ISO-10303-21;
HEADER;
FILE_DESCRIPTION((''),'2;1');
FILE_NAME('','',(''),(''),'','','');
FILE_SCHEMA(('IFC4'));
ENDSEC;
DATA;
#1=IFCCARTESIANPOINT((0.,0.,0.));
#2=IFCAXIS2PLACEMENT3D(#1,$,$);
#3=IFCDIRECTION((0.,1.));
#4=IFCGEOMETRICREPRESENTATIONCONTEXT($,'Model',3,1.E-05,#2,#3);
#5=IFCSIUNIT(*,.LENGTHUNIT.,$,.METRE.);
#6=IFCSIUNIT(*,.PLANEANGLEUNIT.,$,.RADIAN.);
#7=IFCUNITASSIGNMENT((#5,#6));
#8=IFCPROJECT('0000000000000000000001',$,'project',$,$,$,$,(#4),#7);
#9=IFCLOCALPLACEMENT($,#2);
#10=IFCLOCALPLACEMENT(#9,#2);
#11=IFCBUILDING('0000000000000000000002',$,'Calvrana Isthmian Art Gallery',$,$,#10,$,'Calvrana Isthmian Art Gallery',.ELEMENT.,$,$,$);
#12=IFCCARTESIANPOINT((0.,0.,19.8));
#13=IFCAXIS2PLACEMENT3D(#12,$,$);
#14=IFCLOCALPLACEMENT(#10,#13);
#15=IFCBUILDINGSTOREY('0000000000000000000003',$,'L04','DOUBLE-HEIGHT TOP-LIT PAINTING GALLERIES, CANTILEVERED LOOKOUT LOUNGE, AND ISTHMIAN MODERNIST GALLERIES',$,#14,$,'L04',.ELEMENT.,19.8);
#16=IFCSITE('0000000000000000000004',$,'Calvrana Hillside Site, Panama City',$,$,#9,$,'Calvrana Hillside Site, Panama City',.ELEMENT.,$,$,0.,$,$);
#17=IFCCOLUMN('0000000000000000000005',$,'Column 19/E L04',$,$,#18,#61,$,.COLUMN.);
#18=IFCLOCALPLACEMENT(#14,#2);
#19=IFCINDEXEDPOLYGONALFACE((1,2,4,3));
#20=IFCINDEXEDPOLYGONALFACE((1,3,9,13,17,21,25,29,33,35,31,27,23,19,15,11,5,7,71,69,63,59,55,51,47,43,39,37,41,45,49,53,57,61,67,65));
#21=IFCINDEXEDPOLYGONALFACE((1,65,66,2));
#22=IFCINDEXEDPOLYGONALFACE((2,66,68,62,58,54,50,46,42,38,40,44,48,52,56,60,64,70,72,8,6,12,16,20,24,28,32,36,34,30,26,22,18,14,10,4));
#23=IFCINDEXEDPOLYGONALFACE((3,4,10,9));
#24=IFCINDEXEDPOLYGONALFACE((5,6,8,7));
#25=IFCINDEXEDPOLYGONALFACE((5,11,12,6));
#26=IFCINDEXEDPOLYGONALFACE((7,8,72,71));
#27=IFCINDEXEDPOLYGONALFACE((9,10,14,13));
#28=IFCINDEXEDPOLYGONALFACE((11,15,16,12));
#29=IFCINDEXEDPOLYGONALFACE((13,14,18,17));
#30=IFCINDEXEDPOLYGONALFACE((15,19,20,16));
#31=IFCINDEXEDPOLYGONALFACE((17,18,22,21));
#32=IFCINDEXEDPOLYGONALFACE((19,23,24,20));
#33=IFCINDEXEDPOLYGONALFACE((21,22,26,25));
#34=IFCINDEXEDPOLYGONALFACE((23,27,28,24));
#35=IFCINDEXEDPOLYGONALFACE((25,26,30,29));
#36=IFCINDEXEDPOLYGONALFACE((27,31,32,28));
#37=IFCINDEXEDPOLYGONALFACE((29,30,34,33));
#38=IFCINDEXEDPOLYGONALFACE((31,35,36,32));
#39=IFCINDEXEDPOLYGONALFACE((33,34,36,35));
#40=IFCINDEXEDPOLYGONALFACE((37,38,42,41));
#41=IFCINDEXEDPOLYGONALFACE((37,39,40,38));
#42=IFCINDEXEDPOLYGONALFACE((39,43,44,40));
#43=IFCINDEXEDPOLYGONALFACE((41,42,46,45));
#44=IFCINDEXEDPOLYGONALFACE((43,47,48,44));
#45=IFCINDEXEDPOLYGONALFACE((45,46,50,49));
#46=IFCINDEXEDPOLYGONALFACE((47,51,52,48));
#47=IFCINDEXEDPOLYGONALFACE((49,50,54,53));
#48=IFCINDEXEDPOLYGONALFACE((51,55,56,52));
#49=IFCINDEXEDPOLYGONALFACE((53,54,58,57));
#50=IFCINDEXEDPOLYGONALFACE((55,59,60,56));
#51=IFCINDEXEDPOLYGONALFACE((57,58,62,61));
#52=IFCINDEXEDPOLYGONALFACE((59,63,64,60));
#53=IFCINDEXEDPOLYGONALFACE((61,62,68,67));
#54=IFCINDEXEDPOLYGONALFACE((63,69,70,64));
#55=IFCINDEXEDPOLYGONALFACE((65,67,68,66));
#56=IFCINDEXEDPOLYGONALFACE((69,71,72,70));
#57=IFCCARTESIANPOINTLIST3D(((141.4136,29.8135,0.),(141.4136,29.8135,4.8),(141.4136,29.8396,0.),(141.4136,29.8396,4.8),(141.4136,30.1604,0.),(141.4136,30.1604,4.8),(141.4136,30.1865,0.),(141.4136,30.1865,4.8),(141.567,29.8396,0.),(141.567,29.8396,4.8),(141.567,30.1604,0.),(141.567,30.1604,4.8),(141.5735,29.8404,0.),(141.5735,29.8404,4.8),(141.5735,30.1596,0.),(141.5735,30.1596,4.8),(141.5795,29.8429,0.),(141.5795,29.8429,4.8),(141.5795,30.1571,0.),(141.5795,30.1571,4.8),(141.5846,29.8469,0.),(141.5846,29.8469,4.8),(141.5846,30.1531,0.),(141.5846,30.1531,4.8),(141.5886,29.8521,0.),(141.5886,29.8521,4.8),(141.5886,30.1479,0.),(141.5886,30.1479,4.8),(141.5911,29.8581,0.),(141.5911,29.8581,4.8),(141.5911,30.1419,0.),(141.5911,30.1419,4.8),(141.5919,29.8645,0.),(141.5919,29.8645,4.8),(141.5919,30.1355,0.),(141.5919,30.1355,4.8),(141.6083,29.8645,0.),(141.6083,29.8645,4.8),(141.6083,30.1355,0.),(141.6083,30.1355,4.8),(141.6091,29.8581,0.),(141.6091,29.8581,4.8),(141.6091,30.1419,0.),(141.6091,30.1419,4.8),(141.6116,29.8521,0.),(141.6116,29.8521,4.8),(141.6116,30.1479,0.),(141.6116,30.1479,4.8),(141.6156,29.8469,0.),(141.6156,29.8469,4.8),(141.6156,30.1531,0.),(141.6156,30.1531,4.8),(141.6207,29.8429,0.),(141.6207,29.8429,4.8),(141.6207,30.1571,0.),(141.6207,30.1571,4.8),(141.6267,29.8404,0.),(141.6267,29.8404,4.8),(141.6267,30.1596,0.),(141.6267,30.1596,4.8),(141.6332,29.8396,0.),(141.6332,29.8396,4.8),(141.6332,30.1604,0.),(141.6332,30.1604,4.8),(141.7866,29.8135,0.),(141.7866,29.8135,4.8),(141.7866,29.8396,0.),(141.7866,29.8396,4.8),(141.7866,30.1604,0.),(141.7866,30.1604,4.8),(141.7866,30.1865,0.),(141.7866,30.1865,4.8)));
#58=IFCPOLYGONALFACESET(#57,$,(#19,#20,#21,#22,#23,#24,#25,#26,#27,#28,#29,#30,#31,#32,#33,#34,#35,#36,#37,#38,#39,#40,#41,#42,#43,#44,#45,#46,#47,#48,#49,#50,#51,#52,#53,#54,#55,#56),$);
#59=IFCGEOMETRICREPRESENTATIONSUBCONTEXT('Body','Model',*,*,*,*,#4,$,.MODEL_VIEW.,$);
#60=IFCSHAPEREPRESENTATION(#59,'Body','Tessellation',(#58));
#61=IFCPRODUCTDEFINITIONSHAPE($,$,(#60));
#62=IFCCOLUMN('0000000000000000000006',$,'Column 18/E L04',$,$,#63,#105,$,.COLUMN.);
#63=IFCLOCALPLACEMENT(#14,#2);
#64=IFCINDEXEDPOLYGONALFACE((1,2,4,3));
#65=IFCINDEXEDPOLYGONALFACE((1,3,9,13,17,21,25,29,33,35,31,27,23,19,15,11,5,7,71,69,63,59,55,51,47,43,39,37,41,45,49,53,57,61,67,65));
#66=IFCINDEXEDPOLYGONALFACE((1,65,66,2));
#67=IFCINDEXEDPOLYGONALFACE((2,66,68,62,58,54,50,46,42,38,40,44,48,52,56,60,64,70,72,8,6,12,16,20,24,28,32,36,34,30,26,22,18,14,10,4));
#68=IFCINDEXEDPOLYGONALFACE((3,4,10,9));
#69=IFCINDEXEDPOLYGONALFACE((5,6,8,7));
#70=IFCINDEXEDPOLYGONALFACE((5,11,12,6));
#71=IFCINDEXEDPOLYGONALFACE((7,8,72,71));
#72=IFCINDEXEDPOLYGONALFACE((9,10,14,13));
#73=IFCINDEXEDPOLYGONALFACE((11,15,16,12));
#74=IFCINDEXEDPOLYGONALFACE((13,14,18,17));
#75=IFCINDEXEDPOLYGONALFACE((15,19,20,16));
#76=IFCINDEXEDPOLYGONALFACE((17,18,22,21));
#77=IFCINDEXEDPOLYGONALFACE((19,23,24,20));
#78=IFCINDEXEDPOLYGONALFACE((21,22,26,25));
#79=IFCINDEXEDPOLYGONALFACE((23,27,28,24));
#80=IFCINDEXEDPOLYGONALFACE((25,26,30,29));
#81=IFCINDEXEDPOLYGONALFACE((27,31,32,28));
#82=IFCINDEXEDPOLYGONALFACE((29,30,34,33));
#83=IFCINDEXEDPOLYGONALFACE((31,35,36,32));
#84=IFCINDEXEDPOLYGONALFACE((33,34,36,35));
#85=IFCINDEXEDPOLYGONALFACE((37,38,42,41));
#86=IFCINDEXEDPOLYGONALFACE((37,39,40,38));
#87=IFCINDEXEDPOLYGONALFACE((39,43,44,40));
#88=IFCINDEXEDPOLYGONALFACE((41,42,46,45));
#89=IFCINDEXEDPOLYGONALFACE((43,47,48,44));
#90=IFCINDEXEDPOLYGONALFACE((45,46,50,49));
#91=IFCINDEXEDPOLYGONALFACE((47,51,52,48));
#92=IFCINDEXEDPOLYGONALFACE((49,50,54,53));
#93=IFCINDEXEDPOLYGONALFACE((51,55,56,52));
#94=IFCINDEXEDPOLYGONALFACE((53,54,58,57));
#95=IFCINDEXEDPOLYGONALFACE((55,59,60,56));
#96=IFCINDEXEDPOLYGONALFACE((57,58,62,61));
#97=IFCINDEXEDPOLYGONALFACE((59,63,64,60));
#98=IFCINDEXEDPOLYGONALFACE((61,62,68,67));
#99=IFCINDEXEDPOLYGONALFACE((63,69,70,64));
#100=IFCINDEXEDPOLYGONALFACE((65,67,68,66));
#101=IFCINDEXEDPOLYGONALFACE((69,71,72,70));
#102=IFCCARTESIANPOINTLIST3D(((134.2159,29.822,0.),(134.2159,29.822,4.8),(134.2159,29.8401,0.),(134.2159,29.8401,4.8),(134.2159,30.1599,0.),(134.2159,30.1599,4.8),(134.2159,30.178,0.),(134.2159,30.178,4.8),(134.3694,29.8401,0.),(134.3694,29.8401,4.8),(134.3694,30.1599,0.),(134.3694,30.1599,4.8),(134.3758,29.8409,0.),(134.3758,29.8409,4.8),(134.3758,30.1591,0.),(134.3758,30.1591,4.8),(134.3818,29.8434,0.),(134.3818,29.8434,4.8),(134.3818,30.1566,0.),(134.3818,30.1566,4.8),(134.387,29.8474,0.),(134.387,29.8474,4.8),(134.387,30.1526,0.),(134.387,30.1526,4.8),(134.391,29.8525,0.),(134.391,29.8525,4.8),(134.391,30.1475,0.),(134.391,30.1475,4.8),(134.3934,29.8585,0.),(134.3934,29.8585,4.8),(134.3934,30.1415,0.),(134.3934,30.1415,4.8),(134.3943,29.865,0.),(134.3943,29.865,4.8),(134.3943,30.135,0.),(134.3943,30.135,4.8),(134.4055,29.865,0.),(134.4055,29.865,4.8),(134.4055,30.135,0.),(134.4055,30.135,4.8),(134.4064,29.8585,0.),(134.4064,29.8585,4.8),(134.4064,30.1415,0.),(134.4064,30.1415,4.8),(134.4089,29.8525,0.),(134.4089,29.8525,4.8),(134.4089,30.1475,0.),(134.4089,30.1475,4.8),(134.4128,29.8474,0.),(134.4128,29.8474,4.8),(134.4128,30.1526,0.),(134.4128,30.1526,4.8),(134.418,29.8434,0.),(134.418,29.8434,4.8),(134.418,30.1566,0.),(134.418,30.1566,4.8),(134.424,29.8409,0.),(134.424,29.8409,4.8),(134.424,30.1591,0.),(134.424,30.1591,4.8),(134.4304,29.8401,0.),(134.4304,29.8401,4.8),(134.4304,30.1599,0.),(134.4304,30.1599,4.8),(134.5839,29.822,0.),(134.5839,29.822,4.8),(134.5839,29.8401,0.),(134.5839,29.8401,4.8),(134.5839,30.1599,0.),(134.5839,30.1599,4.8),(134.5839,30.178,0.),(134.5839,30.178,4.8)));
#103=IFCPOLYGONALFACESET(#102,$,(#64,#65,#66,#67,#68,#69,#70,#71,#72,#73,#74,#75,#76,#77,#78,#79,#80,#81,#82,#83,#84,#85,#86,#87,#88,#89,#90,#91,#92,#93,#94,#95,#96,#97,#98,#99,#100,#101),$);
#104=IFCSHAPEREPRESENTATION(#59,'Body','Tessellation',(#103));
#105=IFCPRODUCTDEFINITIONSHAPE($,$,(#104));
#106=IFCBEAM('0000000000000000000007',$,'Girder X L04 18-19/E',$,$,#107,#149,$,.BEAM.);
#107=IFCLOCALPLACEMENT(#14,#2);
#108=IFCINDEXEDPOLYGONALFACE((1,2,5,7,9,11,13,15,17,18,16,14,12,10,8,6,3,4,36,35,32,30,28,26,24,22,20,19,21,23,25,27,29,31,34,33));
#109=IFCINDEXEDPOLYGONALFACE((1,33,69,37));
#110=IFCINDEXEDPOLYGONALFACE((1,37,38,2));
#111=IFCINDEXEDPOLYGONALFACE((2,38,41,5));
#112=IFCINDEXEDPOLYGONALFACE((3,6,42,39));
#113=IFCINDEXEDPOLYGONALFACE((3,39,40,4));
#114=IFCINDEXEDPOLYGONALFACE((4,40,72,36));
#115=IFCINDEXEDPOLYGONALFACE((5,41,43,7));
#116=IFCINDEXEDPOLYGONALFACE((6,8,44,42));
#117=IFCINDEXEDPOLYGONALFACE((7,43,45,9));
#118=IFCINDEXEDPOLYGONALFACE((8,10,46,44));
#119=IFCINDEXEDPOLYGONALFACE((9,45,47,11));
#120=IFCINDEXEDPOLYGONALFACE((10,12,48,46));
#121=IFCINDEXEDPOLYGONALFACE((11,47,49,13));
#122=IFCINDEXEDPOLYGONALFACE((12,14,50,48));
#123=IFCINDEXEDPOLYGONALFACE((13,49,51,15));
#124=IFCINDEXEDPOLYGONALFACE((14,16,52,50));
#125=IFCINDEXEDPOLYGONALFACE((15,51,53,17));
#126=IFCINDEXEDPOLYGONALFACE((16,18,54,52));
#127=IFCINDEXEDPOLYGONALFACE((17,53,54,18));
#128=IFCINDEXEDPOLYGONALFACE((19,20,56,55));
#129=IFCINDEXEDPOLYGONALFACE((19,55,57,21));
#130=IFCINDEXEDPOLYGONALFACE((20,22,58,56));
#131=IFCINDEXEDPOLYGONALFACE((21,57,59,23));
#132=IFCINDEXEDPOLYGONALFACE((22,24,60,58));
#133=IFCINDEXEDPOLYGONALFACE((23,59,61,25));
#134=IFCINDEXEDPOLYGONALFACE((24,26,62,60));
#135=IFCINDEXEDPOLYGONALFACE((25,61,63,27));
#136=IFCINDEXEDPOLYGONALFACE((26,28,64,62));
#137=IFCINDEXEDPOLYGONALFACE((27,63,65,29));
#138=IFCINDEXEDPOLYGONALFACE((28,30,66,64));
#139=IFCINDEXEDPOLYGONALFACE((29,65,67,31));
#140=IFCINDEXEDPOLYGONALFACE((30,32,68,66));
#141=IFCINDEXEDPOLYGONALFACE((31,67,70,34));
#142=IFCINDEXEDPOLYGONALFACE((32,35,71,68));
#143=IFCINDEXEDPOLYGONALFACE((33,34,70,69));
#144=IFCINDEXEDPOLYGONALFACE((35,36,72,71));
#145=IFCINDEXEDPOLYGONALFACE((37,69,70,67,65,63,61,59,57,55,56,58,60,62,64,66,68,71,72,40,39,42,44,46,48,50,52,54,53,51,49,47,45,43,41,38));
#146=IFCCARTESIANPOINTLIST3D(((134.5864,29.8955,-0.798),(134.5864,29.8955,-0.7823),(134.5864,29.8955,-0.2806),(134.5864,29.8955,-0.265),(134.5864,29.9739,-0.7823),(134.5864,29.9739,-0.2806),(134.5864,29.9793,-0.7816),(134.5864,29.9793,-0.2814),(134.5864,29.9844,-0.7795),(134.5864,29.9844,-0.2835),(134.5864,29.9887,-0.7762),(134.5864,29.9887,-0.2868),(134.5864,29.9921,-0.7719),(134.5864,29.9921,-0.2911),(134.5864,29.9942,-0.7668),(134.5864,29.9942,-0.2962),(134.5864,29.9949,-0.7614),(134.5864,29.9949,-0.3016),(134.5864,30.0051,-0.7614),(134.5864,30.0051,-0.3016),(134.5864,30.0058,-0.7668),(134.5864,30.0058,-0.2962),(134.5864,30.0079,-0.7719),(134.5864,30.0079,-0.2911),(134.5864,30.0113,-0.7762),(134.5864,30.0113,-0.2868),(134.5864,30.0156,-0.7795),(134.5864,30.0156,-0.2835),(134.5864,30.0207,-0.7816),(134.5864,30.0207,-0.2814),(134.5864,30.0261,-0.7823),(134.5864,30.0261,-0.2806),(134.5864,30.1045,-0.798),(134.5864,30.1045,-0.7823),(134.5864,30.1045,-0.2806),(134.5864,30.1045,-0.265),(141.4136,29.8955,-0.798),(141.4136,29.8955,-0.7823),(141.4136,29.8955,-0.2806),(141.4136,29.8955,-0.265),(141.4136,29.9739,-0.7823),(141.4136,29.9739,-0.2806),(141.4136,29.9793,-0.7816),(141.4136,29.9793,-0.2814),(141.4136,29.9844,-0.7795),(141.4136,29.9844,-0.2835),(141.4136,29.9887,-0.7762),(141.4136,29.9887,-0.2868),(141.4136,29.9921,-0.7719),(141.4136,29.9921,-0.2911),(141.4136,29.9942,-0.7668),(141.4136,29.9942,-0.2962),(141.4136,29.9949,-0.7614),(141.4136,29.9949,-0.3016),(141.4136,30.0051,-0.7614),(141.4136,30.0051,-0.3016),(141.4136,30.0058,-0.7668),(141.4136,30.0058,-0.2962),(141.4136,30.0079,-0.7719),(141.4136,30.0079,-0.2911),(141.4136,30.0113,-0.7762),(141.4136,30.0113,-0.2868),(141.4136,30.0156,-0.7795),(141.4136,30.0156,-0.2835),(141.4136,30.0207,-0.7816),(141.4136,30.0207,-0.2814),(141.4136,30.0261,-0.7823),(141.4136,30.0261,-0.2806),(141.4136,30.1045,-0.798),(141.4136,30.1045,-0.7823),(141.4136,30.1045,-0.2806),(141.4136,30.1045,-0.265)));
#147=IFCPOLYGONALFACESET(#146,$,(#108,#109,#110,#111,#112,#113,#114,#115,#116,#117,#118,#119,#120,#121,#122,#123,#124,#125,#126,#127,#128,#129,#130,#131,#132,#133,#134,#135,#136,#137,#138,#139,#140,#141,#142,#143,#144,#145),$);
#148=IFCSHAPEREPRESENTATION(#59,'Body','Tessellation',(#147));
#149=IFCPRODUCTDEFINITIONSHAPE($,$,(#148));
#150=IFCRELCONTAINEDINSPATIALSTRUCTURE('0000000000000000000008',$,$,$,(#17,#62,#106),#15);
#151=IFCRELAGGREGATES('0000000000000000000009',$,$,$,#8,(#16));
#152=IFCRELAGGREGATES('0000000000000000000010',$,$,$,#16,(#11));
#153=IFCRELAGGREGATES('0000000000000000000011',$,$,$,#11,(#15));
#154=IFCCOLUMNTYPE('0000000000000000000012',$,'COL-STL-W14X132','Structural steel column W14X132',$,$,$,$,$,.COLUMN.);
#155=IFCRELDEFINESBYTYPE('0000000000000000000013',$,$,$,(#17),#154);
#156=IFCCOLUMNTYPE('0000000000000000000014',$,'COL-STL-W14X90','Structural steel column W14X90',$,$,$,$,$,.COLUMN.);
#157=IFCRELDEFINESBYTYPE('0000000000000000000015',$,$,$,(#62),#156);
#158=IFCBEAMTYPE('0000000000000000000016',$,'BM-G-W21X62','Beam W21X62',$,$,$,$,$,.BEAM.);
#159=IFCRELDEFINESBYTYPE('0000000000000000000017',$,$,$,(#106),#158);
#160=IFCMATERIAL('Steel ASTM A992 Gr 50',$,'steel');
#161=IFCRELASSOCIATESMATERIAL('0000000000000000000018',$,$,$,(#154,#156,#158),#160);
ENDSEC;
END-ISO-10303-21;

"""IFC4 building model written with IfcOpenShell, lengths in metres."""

from ifc_helpers import new_model, si_unit, direction, frame, origin, origin_2d, place, context, subcontext, project, spatial, i_section, extrude, material, material_profile, profile_set, type_object, element, save


model = new_model("IFC4")

# Units and contexts
model_context = context("Model", 3, precision=1e-05, world=origin(), true_north=direction((0.0, 1.0)))
body_context = subcontext(model_context, "Body", "Model", "MODEL_VIEW")
ifc_project = project(units=[si_unit("LENGTHUNIT", "METRE"), si_unit("PLANEANGLEUNIT", "RADIAN")], contexts=[model_context])

# Site, building, storey
site_placement = place(None, origin())
site = spatial("IfcSite", under=ifc_project, at=site_placement, Name="Calvrana Hillside Site, Panama City", LongName="Calvrana Hillside Site, Panama City", CompositionType="ELEMENT", RefElevation=0.0)
building_placement = place(site_placement, origin())
building = spatial("IfcBuilding", under=site, at=building_placement, Name="Calvrana Isthmian Art Gallery", LongName="Calvrana Isthmian Art Gallery", CompositionType="ELEMENT")
storey_placement = place(building_placement, frame((0.0, 0.0, 19.8)))
storey = spatial("IfcBuildingStorey", under=building, at=storey_placement, Name="L04", Description="DOUBLE-HEIGHT TOP-LIT PAINTING GALLERIES, CANTILEVERED LOOKOUT LOUNGE, AND ISTHMIAN MODERNIST GALLERIES", LongName="L04", CompositionType="ELEMENT", Elevation=19.8)

# Columns
ifc_material_1 = material(Name="Steel ASTM A992 Gr 50", Category="steel")
ifc_material_profile_1 = material_profile(ifc_material_1, i_section(OverallWidth=0.373, OverallDepth=0.373, WebThickness=0.0164, FlangeThickness=0.0261, FilletRadius=0.0249, at=origin_2d()), Name="W14X132")
ifc_profile_set_1 = profile_set([ifc_material_profile_1], Name="Steel ASTM A992 Gr 50")
column_type_1 = type_object("IfcColumnType", Name="COL-STL-W14X132", Description="Structural steel column W14X132", PredefinedType="COLUMN", material=ifc_profile_set_1)
column_1_placement = place(storey_placement, frame((141.6001, 30.0, 0.0), z_axis=(0.0, 0.0, 1.0), x_axis=(1.0, 0.0, 0.0)))
element("IfcColumn", 1, at=column_1_placement, inside=storey, type_object=column_type_1, Name="Column 19/E L04", PredefinedType="COLUMN", context=body_context, shape_type="SweptSolid", body=[
    extrude(i_section(OverallWidth=0.373, OverallDepth=0.373, WebThickness=0.0164, FlangeThickness=0.0261, FilletRadius=0.0249, at=origin_2d()), origin(), (0.0, 0.0, 1.0), 4.8),
])
ifc_material_profile_2 = material_profile(ifc_material_1, i_section(OverallWidth=0.3679, OverallDepth=0.356, WebThickness=0.0112, FlangeThickness=0.0181, FilletRadius=0.0249, at=origin_2d()), Name="W14X90")
ifc_profile_set_2 = profile_set([ifc_material_profile_2], Name="Steel ASTM A992 Gr 50")
column_type_2 = type_object("IfcColumnType", Name="COL-STL-W14X90", Description="Structural steel column W14X90", PredefinedType="COLUMN", material=ifc_profile_set_2)
column_2_placement = place(storey_placement, frame((134.3999, 30.0, 0.0), z_axis=(0.0, 0.0, 1.0), x_axis=(1.0, 0.0, 0.0)))
element("IfcColumn", 2, at=column_2_placement, inside=storey, type_object=column_type_2, Name="Column 18/E L04", PredefinedType="COLUMN", context=body_context, shape_type="SweptSolid", body=[
    extrude(i_section(OverallWidth=0.3679, OverallDepth=0.356, WebThickness=0.0112, FlangeThickness=0.0181, FilletRadius=0.0249, at=origin_2d()), origin(), (0.0, 0.0, 1.0), 4.8),
])

# Beam
ifc_material_profile_3 = material_profile(ifc_material_1, i_section(OverallWidth=0.209, OverallDepth=0.533, WebThickness=0.0103, FlangeThickness=0.0156, FilletRadius=0.021, at=origin_2d()), Name="W21X62")
ifc_profile_set_3 = profile_set([ifc_material_profile_3], Name="Steel ASTM A992 Gr 50")
beam_type_1 = type_object("IfcBeamType", Name="BM-G-W21X62", Description="Beam W21X62", PredefinedType="BEAM", material=ifc_profile_set_3)
beam_1_placement = place(storey_placement, frame((134.5864, 30.0, -0.5315), z_axis=(1.0, 0.0, 0.0), x_axis=(0.0, 1.0, 0.0)))
element("IfcBeam", 3, at=beam_1_placement, inside=storey, type_object=beam_type_1, Name="Girder X L04 18-19/E", PredefinedType="BEAM", context=body_context, shape_type="SweptSolid", body=[
    extrude(i_section(OverallWidth=0.209, OverallDepth=0.533, WebThickness=0.0103, FlangeThickness=0.0156, FilletRadius=0.021, at=origin_2d()), origin(), (0.0, 0.0, 1.0), 6.8271),
])

save(model, "model.ifc")
